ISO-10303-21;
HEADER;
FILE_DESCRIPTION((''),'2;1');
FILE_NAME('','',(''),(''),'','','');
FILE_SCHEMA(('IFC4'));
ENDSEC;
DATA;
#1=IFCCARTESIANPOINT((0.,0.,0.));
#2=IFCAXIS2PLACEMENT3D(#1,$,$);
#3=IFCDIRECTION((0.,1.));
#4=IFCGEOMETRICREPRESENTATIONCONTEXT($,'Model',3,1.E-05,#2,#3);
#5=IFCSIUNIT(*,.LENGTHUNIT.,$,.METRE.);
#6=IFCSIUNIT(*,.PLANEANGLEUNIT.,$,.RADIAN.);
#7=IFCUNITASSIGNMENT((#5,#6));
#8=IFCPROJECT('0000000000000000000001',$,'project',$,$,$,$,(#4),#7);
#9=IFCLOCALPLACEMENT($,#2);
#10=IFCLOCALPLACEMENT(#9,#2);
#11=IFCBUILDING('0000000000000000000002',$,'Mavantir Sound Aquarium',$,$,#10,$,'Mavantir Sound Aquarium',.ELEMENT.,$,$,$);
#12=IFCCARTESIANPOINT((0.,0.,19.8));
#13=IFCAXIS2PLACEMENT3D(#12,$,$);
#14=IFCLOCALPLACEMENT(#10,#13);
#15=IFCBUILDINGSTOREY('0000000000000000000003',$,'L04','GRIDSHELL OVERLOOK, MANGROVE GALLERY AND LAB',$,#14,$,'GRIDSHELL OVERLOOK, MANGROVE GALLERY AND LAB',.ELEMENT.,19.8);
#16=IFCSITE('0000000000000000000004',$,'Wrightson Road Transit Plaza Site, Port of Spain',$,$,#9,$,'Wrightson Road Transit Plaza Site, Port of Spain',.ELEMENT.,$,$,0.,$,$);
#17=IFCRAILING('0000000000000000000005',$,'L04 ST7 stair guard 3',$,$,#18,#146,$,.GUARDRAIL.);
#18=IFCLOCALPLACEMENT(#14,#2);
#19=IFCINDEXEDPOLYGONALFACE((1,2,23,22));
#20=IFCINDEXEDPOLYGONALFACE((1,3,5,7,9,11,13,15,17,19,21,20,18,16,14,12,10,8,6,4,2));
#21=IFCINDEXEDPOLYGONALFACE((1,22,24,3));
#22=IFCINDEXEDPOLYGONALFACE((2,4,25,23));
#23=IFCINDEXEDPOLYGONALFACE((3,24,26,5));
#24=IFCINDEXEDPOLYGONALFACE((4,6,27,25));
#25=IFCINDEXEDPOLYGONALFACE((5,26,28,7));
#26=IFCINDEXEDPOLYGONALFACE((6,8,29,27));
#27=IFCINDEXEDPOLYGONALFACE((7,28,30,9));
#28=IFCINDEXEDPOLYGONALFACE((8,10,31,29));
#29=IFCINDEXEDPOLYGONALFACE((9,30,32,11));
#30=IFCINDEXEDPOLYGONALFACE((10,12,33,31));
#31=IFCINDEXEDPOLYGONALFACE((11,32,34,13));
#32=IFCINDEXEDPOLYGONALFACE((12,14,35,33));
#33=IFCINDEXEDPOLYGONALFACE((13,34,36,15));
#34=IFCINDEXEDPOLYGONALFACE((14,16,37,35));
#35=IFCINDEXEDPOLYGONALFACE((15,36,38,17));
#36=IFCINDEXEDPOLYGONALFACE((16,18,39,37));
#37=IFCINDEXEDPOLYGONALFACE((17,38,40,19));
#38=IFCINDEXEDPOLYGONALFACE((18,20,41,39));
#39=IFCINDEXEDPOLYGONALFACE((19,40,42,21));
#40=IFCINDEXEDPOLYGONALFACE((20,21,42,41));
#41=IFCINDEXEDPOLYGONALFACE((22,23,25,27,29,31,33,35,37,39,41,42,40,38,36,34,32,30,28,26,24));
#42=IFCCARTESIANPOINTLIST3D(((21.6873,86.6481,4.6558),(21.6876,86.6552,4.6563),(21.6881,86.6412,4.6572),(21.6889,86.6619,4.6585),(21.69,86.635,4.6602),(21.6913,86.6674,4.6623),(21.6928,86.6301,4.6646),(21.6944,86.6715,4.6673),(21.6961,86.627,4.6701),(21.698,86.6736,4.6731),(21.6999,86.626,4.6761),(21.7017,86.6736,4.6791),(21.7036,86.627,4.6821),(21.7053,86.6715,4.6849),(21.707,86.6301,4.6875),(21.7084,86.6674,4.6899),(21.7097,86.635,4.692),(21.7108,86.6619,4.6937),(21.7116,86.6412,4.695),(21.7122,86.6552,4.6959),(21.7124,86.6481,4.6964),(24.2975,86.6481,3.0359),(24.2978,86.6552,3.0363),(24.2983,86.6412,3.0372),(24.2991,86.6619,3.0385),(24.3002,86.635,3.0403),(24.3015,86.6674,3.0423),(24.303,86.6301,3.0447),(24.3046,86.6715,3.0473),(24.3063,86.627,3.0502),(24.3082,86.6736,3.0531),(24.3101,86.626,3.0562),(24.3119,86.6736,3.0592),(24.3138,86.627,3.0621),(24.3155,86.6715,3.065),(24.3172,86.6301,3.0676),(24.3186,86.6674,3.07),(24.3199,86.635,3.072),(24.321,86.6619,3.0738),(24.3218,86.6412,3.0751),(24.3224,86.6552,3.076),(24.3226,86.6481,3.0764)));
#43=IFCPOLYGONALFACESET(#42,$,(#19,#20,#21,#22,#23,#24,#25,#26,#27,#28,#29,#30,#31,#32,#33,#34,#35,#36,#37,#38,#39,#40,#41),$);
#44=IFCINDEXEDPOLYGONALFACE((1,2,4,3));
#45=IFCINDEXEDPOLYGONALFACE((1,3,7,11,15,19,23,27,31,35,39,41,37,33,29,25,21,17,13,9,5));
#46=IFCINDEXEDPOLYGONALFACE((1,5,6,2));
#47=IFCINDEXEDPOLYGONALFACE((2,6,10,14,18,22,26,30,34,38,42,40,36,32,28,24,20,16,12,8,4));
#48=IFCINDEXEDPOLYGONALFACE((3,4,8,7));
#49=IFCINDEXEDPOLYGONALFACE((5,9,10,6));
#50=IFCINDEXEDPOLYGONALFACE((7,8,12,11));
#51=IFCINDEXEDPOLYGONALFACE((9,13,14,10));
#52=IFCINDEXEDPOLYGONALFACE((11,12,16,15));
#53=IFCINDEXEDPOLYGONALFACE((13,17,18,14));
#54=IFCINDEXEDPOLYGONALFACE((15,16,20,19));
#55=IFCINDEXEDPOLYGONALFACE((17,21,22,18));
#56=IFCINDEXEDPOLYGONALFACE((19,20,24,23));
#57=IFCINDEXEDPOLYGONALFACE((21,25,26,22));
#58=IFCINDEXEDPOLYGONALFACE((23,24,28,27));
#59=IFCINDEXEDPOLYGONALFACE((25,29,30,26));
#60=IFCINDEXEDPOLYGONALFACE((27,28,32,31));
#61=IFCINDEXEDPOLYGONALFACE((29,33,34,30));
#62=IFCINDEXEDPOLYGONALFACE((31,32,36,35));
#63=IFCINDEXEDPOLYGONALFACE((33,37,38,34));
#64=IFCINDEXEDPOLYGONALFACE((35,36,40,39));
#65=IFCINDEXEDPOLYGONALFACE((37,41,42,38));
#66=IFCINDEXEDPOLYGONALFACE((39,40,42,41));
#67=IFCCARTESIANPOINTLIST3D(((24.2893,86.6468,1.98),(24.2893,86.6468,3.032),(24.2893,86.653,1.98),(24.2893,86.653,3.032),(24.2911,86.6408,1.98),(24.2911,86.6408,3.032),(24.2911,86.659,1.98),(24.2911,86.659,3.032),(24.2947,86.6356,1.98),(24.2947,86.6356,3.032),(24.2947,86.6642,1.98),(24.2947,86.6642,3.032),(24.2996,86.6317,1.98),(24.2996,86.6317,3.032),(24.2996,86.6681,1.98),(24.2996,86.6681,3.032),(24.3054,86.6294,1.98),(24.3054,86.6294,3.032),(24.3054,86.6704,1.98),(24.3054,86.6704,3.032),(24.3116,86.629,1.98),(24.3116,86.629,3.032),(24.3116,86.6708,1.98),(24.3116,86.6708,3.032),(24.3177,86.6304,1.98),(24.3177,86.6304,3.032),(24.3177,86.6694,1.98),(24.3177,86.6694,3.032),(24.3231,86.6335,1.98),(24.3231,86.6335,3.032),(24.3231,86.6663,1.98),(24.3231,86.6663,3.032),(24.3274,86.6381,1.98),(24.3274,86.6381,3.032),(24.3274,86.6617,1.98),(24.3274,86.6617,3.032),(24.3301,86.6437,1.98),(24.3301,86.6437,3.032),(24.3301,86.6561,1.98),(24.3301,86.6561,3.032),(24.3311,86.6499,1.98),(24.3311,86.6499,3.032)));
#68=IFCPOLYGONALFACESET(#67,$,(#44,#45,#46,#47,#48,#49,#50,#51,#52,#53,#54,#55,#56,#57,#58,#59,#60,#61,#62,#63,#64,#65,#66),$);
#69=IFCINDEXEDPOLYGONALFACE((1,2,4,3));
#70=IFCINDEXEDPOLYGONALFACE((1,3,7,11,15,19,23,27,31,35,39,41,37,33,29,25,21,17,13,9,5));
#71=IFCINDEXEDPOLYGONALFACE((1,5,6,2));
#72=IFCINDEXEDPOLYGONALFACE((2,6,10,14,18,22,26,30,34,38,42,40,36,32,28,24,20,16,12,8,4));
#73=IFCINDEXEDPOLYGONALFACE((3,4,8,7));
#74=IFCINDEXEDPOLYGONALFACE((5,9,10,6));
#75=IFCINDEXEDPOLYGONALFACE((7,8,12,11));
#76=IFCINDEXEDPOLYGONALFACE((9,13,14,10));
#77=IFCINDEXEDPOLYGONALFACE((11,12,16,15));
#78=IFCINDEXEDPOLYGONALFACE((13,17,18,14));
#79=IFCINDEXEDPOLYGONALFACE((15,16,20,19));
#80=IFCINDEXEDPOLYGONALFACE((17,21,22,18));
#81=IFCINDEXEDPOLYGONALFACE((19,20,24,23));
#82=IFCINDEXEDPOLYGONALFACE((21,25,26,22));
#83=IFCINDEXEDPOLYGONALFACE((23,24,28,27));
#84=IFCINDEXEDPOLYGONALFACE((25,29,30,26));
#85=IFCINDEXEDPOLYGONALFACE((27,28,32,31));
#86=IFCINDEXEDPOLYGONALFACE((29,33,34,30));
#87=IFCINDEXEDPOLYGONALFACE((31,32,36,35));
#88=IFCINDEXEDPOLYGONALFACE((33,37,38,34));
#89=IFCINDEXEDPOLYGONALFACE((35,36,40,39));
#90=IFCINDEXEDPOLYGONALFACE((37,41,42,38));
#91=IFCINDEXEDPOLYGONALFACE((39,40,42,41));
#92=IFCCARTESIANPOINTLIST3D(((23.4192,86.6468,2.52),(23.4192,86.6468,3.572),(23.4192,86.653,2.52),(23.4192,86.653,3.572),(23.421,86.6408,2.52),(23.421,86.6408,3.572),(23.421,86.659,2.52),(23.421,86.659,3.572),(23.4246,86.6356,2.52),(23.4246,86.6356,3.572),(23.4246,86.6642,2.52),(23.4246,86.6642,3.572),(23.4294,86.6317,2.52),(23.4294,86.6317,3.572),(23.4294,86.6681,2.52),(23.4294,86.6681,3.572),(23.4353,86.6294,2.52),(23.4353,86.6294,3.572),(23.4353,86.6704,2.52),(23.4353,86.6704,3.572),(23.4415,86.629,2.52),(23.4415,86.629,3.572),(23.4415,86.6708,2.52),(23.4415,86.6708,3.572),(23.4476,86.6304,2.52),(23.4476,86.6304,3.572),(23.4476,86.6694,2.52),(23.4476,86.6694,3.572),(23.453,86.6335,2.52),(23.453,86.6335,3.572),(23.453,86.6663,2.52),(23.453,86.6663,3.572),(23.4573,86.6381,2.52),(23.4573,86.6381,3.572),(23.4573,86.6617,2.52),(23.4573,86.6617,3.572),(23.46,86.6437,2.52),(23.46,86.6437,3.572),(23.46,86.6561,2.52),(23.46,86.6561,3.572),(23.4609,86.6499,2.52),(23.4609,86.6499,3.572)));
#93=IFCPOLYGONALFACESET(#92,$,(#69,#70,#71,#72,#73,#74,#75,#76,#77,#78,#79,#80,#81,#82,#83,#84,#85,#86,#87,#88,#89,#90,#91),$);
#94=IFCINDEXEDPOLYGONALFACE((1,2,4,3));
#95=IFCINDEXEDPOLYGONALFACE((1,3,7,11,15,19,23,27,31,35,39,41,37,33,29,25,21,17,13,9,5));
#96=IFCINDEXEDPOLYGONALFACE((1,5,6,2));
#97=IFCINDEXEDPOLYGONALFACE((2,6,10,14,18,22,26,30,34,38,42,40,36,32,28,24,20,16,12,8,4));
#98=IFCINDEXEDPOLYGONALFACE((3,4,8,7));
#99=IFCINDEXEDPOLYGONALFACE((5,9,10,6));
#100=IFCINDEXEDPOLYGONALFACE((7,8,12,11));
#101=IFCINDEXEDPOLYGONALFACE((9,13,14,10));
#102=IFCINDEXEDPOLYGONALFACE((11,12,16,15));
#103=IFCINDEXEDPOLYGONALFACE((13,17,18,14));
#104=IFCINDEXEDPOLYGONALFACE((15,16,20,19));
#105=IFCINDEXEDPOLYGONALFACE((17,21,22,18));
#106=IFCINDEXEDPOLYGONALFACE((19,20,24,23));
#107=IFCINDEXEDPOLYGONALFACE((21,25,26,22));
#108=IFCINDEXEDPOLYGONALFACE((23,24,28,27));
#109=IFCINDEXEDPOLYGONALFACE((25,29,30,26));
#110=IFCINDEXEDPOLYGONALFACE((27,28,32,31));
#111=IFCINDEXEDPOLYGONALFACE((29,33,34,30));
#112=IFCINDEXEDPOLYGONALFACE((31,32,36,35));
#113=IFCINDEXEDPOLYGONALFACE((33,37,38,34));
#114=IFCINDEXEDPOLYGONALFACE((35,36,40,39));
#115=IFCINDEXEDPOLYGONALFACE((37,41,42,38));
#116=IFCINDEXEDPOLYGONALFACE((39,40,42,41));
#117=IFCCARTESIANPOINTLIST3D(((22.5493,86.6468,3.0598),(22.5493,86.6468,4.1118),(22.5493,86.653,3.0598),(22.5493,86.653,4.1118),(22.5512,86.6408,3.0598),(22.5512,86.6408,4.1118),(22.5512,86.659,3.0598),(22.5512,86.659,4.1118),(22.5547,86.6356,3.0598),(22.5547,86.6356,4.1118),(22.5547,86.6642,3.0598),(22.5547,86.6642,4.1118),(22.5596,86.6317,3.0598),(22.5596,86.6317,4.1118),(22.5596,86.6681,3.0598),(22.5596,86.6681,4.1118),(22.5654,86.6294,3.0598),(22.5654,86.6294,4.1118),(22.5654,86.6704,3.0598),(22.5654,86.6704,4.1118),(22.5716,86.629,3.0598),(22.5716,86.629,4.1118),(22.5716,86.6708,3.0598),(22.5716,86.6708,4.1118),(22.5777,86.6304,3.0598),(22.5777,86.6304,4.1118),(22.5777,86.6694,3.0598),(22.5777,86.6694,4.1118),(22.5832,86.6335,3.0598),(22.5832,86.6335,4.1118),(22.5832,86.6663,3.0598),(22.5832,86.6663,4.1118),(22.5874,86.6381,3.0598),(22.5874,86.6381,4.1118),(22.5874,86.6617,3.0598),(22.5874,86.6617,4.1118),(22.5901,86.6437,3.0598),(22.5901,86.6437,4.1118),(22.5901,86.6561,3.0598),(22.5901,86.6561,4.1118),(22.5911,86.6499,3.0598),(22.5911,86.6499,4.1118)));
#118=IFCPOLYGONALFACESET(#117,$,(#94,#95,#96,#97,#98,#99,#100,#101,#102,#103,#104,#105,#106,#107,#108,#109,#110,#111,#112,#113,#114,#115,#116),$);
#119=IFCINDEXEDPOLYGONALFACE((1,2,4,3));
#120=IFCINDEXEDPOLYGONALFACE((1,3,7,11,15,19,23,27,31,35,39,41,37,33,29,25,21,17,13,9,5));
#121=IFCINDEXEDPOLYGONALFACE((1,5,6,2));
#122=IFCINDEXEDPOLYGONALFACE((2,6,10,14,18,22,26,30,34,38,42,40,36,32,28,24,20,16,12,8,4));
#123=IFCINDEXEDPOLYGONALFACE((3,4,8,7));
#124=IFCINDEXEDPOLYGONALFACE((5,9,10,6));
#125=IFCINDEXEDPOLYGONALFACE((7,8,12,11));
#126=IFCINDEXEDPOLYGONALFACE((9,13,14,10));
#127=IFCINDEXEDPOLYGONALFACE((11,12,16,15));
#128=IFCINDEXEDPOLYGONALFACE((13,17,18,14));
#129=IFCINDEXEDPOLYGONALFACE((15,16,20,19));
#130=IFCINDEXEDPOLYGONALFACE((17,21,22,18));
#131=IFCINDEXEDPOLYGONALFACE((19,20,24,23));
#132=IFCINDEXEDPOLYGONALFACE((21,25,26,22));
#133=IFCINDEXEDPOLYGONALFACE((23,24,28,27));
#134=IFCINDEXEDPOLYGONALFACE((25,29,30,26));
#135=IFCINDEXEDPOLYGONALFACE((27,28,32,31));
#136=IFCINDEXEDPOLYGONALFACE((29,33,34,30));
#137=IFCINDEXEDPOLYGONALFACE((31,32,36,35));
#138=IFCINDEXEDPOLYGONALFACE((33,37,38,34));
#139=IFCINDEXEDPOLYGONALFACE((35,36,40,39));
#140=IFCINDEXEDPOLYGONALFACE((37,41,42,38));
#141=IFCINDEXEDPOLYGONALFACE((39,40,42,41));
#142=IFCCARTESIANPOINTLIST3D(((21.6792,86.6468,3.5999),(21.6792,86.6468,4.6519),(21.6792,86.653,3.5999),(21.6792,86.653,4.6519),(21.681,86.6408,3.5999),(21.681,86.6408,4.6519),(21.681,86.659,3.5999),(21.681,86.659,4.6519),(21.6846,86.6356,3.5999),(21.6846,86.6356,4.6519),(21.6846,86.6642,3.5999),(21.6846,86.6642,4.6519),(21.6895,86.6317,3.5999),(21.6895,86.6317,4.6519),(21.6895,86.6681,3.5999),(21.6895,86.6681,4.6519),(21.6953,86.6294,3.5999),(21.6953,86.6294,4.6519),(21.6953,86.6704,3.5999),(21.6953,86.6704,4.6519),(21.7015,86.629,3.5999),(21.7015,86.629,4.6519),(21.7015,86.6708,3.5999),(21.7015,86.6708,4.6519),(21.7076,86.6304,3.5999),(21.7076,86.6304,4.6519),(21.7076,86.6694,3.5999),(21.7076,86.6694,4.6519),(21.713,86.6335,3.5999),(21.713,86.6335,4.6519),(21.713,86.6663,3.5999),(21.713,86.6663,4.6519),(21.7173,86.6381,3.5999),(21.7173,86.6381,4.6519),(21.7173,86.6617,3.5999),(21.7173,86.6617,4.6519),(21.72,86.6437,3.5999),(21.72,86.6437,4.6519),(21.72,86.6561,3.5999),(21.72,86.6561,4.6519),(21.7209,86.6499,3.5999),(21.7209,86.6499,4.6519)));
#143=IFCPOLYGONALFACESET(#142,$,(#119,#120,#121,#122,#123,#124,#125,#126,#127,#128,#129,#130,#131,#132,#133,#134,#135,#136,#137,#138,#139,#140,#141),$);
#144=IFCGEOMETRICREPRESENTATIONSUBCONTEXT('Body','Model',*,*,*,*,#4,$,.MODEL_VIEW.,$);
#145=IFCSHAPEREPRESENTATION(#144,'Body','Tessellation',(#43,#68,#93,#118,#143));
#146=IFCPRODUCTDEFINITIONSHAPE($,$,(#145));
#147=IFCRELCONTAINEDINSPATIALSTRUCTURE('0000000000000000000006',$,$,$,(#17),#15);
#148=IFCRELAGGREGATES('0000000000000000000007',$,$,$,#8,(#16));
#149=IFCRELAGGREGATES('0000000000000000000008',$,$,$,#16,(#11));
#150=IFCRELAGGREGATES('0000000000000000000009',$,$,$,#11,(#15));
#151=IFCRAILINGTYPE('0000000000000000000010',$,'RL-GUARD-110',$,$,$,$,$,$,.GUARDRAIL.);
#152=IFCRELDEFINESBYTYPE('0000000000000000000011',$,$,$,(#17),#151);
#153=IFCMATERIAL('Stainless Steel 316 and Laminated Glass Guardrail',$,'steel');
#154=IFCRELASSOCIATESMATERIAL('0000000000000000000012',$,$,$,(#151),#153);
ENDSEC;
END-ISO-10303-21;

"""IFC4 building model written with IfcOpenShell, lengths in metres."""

from ifc_helpers import new_model, si_unit, direction, frame, origin, origin_2d, place, context, subcontext, project, spatial, circle, extrude, material, type_object, element, save


model = new_model("IFC4")

# Units and contexts
model_context = context("Model", 3, precision=1e-05, world=origin(), true_north=direction((0.0, 1.0)))
body_context = subcontext(model_context, "Body", "Model", "MODEL_VIEW")
ifc_project = project(units=[si_unit("LENGTHUNIT", "METRE"), si_unit("PLANEANGLEUNIT", "RADIAN")], contexts=[model_context])

# Site, building, storey
site_placement = place(None, origin())
site = spatial("IfcSite", under=ifc_project, at=site_placement, Name="Wrightson Road Transit Plaza Site, Port of Spain", LongName="Wrightson Road Transit Plaza Site, Port of Spain", CompositionType="ELEMENT", RefElevation=0.0)
building_placement = place(site_placement, origin())
building = spatial("IfcBuilding", under=site, at=building_placement, Name="Mavantir Sound Aquarium", LongName="Mavantir Sound Aquarium", CompositionType="ELEMENT")
storey_placement = place(building_placement, frame((0.0, 0.0, 19.8)))
storey = spatial("IfcBuildingStorey", under=building, at=storey_placement, Name="L04", Description="GRIDSHELL OVERLOOK, MANGROVE GALLERY AND LAB", LongName="GRIDSHELL OVERLOOK, MANGROVE GALLERY AND LAB", CompositionType="ELEMENT", Elevation=19.8)

# Railing
ifc_material_1 = material(Name="Stainless Steel 316 and Laminated Glass Guardrail", Category="steel")
railing_type_1 = type_object("IfcRailingType", Name="RL-GUARD-110", PredefinedType="GUARDRAIL", material=ifc_material_1)
railing_1_placement = place(storey_placement, frame((24.3101, 86.6499, 1.98)))
element("IfcRailing", 1, at=railing_1_placement, inside=storey, type_object=railing_type_1, Name="L04 ST7 stair guard 3", PredefinedType="GUARDRAIL", context=body_context, shape_type="SweptSolid", body=[
    extrude(circle(Radius=0.0239, at=origin_2d()), frame((0.0, 0.0, 1.0762), z_axis=(-0.849668, 0.0, 0.527317), x_axis=(0.0, -1.0, 0.0)), (0.0, 0.0, 1.0), 3.072),
    extrude(circle(Radius=0.021, at=origin_2d()), origin(), (0.0, 0.0, 1.0), 1.052),
    extrude(circle(Radius=0.021, at=origin_2d()), frame((-0.8701, 0.0, 0.54)), (0.0, 0.0, 1.0), 1.052),
    extrude(circle(Radius=0.021, at=origin_2d()), frame((-1.74, 0.0, 1.0798)), (0.0, 0.0, 1.0), 1.052),
    extrude(circle(Radius=0.021, at=origin_2d()), frame((-2.6101, 0.0, 1.6199)), (0.0, 0.0, 1.0), 1.052),
])

save(model, "model.ifc")
